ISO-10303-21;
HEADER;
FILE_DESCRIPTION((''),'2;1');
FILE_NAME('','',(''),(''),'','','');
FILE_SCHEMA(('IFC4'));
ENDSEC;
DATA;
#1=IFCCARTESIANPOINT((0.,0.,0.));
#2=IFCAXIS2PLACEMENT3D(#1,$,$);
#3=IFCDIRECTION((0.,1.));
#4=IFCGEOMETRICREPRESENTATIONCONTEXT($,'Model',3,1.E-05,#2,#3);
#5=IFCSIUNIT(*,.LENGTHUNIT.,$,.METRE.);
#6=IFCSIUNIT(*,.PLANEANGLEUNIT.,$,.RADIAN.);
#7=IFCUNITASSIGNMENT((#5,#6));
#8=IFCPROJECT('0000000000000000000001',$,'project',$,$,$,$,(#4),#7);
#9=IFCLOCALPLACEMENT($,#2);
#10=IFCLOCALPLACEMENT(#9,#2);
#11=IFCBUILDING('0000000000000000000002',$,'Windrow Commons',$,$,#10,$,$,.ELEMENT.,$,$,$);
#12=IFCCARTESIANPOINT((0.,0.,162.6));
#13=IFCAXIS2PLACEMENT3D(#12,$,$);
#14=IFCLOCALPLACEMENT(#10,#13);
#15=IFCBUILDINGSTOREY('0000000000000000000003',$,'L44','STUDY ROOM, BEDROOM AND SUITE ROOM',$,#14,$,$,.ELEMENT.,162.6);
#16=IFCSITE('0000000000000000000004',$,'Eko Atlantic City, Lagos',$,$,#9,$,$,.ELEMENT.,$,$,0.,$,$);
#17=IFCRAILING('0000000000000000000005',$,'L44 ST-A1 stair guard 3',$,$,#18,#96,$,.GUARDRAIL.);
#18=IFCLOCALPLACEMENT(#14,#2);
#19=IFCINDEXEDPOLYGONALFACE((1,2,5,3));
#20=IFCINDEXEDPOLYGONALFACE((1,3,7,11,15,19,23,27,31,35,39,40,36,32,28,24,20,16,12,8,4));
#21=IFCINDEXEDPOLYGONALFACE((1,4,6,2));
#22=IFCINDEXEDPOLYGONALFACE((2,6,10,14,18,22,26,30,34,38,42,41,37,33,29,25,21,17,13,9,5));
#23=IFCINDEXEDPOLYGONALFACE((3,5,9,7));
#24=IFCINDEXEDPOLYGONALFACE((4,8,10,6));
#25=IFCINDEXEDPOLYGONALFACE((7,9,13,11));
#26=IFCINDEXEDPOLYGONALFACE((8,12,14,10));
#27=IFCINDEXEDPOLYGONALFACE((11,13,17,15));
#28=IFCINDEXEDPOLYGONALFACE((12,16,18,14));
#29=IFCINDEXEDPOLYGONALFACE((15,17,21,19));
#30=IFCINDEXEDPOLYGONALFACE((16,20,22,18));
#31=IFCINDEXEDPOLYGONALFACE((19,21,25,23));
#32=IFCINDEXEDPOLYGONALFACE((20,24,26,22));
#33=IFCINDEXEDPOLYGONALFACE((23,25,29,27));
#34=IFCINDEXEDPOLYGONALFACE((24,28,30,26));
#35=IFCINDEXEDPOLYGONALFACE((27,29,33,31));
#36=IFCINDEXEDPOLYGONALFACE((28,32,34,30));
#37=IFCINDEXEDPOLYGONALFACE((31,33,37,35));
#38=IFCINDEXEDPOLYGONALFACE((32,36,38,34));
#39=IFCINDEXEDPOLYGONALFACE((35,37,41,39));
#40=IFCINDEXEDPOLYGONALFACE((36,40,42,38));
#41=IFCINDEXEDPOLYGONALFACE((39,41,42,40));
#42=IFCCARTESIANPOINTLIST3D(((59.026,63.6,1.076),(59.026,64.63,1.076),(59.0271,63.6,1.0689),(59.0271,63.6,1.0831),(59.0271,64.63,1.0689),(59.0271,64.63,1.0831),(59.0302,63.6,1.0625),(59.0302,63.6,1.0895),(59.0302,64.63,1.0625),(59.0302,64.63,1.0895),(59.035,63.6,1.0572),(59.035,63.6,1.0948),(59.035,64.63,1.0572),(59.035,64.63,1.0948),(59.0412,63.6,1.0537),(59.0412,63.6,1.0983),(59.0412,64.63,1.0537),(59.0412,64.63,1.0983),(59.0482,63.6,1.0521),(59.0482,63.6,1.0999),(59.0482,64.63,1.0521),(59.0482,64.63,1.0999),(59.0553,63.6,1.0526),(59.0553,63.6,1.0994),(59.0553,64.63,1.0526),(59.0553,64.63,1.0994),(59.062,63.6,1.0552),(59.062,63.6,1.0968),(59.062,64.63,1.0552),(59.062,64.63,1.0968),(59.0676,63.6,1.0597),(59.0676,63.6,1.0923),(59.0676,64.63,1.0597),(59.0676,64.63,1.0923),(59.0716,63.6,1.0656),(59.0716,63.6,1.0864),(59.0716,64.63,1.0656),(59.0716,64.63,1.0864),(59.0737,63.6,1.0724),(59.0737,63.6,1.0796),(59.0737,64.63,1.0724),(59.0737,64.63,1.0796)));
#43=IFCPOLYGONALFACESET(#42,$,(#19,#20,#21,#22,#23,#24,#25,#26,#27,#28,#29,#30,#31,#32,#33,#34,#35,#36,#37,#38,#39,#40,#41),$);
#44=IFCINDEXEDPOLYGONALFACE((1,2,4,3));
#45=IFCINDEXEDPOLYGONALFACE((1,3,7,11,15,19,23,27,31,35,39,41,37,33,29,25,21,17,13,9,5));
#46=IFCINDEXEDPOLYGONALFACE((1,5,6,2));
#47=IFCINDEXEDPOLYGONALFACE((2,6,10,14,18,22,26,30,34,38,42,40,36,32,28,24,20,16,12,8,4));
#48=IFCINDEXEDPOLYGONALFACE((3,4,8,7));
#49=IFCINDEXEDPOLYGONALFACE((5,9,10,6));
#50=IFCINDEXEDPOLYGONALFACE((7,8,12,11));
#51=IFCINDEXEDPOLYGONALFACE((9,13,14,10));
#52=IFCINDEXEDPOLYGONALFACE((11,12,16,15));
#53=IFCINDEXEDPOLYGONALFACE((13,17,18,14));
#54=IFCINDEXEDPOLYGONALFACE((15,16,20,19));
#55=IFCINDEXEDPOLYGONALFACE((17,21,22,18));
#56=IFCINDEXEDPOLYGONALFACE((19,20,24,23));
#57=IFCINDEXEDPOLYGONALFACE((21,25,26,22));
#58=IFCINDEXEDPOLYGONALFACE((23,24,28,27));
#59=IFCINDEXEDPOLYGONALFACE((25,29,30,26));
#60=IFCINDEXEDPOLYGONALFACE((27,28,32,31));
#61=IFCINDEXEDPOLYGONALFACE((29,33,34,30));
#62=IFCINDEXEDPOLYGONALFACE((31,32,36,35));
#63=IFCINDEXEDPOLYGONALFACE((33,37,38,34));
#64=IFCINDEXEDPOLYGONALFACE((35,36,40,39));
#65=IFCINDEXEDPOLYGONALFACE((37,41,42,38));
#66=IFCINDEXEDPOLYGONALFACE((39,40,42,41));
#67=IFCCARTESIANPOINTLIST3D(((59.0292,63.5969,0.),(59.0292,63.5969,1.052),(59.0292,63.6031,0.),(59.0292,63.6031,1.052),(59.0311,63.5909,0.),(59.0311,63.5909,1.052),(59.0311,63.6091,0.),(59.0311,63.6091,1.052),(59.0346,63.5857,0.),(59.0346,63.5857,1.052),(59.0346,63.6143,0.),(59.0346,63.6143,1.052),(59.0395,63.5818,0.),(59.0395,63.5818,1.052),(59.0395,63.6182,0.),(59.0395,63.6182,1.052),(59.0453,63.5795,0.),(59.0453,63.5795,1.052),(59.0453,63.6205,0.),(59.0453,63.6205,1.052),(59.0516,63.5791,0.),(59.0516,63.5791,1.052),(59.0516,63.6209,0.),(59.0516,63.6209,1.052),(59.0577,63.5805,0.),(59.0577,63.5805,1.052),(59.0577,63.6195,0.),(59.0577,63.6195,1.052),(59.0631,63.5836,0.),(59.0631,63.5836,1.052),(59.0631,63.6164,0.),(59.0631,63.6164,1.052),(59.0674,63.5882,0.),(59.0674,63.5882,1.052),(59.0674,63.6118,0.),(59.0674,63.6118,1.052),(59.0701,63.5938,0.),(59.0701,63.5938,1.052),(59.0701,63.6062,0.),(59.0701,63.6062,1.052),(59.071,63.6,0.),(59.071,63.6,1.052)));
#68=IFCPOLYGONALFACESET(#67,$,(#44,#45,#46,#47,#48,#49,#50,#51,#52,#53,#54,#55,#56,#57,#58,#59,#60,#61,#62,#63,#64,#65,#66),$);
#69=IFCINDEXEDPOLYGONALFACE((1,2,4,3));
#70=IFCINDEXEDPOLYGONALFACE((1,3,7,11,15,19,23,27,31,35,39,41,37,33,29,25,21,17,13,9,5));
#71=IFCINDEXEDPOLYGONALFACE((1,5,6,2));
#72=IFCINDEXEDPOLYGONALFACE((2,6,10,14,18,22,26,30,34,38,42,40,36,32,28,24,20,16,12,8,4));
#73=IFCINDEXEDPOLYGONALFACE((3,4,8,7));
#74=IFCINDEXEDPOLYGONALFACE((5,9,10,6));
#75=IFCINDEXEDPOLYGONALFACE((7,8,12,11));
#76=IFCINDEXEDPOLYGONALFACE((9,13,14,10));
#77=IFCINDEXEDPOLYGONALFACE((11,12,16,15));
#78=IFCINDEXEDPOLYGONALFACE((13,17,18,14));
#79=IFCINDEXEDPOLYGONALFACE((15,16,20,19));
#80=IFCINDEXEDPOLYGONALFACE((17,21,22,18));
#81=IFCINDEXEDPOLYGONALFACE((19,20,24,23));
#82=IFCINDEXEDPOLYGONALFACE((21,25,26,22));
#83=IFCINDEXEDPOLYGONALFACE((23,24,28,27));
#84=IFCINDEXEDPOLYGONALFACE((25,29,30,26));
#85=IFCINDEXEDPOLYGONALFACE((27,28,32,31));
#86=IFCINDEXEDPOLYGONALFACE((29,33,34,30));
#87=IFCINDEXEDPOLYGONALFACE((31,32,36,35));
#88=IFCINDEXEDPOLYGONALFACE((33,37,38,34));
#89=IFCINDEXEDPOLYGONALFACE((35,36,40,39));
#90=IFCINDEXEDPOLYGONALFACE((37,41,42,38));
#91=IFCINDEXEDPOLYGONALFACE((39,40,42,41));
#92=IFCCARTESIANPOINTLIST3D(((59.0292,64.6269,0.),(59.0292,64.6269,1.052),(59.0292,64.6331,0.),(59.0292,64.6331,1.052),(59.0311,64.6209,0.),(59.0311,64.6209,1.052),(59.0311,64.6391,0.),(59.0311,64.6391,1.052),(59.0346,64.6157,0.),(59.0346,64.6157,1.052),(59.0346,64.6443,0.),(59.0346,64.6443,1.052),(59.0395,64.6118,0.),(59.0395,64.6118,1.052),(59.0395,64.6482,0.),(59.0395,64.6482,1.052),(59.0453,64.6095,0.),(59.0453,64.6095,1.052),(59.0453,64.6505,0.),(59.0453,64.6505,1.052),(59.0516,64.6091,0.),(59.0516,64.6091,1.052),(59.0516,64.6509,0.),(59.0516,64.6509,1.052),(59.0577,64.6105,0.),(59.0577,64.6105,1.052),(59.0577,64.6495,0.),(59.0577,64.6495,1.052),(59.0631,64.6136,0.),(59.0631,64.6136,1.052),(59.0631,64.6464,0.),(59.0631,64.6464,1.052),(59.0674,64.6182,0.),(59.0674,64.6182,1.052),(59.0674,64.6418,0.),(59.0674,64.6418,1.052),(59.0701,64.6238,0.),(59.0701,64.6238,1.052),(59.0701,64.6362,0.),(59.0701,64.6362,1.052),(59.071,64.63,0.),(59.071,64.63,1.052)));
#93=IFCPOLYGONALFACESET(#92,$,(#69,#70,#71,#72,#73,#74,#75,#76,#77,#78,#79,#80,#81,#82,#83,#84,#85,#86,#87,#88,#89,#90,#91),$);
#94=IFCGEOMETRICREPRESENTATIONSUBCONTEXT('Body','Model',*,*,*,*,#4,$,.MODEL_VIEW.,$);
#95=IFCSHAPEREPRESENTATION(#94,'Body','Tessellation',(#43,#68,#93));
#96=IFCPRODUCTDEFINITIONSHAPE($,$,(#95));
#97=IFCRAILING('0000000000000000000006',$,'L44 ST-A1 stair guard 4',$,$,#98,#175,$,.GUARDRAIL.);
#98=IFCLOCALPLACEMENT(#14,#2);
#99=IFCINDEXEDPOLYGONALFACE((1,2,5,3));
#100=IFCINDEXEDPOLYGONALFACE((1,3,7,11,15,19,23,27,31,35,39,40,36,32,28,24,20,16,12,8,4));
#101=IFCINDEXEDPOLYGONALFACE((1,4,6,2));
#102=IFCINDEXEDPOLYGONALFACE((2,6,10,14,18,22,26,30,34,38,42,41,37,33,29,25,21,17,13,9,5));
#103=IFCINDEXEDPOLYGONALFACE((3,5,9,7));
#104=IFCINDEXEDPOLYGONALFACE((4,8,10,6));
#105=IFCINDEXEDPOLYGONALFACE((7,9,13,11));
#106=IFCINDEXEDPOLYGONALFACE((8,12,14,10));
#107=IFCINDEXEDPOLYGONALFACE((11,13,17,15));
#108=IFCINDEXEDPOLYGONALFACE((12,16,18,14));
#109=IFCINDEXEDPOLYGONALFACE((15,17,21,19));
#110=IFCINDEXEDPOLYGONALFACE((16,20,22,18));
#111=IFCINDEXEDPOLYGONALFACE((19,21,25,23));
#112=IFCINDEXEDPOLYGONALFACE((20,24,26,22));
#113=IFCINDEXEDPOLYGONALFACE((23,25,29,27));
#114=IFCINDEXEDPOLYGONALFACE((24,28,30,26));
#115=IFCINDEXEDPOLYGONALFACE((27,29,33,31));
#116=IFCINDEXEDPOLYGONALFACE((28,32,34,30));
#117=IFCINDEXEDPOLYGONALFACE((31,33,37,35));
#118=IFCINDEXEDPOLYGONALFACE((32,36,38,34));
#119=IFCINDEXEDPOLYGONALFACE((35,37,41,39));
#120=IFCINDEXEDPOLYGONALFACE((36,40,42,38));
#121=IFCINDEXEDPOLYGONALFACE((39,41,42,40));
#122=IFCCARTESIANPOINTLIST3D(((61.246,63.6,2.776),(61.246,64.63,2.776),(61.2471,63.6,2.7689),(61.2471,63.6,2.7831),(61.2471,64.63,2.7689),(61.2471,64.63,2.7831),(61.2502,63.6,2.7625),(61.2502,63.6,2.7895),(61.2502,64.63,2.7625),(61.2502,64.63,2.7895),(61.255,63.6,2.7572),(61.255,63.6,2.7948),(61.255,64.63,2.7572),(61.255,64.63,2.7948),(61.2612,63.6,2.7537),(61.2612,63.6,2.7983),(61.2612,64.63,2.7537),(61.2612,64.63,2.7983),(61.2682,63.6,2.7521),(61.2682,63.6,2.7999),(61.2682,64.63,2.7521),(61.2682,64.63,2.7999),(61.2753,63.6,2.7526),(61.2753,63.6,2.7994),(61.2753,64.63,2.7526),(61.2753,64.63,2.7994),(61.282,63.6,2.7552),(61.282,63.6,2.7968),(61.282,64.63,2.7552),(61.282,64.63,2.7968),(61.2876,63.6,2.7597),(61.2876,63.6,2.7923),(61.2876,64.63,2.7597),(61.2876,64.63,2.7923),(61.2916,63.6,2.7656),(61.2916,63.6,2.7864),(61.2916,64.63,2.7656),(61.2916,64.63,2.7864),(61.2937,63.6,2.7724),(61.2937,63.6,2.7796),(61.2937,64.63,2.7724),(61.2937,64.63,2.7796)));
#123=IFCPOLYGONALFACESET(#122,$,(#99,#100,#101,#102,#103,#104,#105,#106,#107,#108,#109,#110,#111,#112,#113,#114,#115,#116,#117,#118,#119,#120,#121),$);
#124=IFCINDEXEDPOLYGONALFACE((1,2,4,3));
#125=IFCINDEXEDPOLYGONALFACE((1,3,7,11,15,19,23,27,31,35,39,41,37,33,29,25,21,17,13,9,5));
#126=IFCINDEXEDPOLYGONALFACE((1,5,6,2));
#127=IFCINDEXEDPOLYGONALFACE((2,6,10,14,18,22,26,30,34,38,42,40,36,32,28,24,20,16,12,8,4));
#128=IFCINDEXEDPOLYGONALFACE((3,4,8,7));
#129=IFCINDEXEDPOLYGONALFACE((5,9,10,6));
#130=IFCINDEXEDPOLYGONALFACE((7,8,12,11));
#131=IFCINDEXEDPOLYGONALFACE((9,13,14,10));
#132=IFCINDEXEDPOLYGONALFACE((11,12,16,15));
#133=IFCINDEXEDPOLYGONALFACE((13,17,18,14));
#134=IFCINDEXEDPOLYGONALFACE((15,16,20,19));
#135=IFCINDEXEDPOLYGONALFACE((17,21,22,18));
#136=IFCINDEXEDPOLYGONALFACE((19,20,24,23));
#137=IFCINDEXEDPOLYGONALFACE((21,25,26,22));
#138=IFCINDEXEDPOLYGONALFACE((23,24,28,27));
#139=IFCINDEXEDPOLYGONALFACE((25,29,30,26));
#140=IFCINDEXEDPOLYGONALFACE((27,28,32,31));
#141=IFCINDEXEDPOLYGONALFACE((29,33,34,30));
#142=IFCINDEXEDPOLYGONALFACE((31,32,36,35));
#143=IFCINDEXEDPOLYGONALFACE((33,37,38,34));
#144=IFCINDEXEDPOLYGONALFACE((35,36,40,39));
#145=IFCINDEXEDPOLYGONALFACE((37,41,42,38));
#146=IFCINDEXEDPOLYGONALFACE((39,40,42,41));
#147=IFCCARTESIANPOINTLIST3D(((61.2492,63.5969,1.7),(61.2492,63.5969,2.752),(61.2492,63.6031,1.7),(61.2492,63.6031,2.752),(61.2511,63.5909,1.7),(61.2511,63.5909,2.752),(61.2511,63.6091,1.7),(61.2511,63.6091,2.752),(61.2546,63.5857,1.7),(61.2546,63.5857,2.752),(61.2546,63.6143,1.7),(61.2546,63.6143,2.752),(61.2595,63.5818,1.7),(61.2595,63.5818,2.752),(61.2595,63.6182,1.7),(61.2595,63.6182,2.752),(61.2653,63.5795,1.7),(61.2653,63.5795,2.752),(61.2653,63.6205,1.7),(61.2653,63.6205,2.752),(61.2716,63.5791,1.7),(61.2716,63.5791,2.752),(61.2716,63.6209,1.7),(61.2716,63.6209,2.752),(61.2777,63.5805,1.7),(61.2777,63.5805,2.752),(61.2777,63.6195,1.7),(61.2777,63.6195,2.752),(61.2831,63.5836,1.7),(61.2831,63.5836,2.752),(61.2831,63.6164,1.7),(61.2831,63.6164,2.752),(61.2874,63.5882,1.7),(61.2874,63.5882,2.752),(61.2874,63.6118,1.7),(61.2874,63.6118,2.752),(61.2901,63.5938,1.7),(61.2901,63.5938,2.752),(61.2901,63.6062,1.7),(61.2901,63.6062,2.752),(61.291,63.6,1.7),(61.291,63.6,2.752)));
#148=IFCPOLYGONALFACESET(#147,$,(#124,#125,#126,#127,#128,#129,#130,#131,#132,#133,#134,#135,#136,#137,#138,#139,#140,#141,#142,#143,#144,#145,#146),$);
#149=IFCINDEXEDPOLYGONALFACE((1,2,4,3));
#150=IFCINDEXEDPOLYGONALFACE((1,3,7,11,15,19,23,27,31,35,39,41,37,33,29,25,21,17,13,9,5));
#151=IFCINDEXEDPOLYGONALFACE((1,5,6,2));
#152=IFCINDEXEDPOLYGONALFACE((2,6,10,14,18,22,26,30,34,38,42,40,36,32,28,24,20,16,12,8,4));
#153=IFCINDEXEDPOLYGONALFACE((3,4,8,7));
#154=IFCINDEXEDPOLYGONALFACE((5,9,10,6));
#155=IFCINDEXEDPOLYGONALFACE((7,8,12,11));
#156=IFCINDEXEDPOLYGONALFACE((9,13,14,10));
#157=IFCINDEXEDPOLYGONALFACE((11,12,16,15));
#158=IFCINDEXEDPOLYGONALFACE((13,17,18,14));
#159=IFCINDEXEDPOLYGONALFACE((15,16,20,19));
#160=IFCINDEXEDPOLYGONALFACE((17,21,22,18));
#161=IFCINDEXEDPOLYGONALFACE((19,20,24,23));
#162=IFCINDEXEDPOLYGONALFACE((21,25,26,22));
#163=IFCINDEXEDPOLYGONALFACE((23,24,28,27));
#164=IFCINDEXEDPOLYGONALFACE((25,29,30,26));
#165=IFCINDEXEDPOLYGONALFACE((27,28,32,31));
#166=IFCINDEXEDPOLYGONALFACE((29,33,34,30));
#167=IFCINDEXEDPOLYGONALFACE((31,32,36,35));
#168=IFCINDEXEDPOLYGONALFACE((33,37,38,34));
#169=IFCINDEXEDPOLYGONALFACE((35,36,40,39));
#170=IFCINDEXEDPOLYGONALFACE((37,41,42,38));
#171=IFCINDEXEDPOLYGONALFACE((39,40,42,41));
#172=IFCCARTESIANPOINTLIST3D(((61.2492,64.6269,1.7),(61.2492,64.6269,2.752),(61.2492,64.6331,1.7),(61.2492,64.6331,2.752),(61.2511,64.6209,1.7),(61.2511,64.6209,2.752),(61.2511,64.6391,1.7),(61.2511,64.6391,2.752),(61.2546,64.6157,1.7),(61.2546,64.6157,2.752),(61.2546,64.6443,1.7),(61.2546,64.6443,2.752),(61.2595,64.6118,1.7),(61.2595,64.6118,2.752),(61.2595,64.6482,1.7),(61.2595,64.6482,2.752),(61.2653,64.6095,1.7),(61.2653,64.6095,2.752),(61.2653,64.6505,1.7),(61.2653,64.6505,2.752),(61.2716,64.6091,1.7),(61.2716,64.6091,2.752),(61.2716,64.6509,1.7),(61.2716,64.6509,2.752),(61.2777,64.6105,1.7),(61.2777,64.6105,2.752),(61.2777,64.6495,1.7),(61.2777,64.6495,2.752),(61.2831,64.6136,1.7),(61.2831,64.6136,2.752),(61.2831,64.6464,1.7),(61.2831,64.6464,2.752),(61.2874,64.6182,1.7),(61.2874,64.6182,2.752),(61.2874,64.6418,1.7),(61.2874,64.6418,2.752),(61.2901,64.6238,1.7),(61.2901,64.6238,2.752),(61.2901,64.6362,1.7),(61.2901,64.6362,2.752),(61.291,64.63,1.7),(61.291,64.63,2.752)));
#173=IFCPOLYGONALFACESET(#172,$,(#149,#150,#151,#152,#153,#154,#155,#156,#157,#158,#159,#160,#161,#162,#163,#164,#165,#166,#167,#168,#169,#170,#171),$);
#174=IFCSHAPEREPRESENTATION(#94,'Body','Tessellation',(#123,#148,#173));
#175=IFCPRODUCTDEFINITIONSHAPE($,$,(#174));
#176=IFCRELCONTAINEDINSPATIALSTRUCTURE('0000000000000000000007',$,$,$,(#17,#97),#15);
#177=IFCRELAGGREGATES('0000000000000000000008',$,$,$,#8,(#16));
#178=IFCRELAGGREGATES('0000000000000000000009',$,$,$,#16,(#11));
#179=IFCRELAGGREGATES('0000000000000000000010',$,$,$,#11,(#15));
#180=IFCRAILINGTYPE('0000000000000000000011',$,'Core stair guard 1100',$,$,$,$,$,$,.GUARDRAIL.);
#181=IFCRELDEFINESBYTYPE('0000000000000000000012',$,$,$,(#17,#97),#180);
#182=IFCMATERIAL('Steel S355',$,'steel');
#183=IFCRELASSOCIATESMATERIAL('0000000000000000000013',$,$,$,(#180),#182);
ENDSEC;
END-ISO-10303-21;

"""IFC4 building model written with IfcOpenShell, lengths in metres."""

from ifc_helpers import new_model, si_unit, direction, frame, origin, origin_2d, place, context, subcontext, project, spatial, circle, extrude, material, type_object, element, save


model = new_model("IFC4")

# Units and contexts
model_context = context("Model", 3, precision=1e-05, world=origin(), true_north=direction((0.0, 1.0)))
body_context = subcontext(model_context, "Body", "Model", "MODEL_VIEW")
ifc_project = project(units=[si_unit("LENGTHUNIT", "METRE"), si_unit("PLANEANGLEUNIT", "RADIAN")], contexts=[model_context])

# Site, building, storey
site_placement = place(None, origin())
site = spatial("IfcSite", under=ifc_project, at=site_placement, Name="Eko Atlantic City, Lagos", CompositionType="ELEMENT", RefElevation=0.0)
building_placement = place(site_placement, origin())
building = spatial("IfcBuilding", under=site, at=building_placement, Name="Windrow Commons", CompositionType="ELEMENT")
storey_placement = place(building_placement, frame((0.0, 0.0, 162.6)))
storey = spatial("IfcBuildingStorey", under=building, at=storey_placement, Name="L44", Description="STUDY ROOM, BEDROOM AND SUITE ROOM", CompositionType="ELEMENT", Elevation=162.6)

# Railings
ifc_material_1 = material(Name="Steel S355", Category="steel")
railing_type_1 = type_object("IfcRailingType", Name="Core stair guard 1100", PredefinedType="GUARDRAIL", material=ifc_material_1)
for number, where, name in (
    (1, (59.05, 63.6, 0.0), "L44 ST-A1 stair guard 3"),
    (2, (61.27, 63.6, 1.7), "L44 ST-A1 stair guard 4"),
):
    element("IfcRailing", number, at=place(storey_placement, frame(where)), inside=storey, type_object=railing_type_1, Name=name, PredefinedType="GUARDRAIL", context=body_context, shape_type="SweptSolid", body=[
        extrude(circle(Radius=0.024, at=origin_2d()), frame((0.0, 0.0, 1.076), z_axis=(0.0, 1.0, 0.0), x_axis=(-1.0, 0.0, 0.0)), (0.0, 0.0, 1.0), 1.03),
        extrude(circle(Radius=0.021, at=origin_2d()), origin(), (0.0, 0.0, 1.0), 1.052),
        extrude(circle(Radius=0.021, at=origin_2d()), frame((0.0, 1.03, 0.0)), (0.0, 0.0, 1.0), 1.052),
    ])

save(model, "model.ifc")
